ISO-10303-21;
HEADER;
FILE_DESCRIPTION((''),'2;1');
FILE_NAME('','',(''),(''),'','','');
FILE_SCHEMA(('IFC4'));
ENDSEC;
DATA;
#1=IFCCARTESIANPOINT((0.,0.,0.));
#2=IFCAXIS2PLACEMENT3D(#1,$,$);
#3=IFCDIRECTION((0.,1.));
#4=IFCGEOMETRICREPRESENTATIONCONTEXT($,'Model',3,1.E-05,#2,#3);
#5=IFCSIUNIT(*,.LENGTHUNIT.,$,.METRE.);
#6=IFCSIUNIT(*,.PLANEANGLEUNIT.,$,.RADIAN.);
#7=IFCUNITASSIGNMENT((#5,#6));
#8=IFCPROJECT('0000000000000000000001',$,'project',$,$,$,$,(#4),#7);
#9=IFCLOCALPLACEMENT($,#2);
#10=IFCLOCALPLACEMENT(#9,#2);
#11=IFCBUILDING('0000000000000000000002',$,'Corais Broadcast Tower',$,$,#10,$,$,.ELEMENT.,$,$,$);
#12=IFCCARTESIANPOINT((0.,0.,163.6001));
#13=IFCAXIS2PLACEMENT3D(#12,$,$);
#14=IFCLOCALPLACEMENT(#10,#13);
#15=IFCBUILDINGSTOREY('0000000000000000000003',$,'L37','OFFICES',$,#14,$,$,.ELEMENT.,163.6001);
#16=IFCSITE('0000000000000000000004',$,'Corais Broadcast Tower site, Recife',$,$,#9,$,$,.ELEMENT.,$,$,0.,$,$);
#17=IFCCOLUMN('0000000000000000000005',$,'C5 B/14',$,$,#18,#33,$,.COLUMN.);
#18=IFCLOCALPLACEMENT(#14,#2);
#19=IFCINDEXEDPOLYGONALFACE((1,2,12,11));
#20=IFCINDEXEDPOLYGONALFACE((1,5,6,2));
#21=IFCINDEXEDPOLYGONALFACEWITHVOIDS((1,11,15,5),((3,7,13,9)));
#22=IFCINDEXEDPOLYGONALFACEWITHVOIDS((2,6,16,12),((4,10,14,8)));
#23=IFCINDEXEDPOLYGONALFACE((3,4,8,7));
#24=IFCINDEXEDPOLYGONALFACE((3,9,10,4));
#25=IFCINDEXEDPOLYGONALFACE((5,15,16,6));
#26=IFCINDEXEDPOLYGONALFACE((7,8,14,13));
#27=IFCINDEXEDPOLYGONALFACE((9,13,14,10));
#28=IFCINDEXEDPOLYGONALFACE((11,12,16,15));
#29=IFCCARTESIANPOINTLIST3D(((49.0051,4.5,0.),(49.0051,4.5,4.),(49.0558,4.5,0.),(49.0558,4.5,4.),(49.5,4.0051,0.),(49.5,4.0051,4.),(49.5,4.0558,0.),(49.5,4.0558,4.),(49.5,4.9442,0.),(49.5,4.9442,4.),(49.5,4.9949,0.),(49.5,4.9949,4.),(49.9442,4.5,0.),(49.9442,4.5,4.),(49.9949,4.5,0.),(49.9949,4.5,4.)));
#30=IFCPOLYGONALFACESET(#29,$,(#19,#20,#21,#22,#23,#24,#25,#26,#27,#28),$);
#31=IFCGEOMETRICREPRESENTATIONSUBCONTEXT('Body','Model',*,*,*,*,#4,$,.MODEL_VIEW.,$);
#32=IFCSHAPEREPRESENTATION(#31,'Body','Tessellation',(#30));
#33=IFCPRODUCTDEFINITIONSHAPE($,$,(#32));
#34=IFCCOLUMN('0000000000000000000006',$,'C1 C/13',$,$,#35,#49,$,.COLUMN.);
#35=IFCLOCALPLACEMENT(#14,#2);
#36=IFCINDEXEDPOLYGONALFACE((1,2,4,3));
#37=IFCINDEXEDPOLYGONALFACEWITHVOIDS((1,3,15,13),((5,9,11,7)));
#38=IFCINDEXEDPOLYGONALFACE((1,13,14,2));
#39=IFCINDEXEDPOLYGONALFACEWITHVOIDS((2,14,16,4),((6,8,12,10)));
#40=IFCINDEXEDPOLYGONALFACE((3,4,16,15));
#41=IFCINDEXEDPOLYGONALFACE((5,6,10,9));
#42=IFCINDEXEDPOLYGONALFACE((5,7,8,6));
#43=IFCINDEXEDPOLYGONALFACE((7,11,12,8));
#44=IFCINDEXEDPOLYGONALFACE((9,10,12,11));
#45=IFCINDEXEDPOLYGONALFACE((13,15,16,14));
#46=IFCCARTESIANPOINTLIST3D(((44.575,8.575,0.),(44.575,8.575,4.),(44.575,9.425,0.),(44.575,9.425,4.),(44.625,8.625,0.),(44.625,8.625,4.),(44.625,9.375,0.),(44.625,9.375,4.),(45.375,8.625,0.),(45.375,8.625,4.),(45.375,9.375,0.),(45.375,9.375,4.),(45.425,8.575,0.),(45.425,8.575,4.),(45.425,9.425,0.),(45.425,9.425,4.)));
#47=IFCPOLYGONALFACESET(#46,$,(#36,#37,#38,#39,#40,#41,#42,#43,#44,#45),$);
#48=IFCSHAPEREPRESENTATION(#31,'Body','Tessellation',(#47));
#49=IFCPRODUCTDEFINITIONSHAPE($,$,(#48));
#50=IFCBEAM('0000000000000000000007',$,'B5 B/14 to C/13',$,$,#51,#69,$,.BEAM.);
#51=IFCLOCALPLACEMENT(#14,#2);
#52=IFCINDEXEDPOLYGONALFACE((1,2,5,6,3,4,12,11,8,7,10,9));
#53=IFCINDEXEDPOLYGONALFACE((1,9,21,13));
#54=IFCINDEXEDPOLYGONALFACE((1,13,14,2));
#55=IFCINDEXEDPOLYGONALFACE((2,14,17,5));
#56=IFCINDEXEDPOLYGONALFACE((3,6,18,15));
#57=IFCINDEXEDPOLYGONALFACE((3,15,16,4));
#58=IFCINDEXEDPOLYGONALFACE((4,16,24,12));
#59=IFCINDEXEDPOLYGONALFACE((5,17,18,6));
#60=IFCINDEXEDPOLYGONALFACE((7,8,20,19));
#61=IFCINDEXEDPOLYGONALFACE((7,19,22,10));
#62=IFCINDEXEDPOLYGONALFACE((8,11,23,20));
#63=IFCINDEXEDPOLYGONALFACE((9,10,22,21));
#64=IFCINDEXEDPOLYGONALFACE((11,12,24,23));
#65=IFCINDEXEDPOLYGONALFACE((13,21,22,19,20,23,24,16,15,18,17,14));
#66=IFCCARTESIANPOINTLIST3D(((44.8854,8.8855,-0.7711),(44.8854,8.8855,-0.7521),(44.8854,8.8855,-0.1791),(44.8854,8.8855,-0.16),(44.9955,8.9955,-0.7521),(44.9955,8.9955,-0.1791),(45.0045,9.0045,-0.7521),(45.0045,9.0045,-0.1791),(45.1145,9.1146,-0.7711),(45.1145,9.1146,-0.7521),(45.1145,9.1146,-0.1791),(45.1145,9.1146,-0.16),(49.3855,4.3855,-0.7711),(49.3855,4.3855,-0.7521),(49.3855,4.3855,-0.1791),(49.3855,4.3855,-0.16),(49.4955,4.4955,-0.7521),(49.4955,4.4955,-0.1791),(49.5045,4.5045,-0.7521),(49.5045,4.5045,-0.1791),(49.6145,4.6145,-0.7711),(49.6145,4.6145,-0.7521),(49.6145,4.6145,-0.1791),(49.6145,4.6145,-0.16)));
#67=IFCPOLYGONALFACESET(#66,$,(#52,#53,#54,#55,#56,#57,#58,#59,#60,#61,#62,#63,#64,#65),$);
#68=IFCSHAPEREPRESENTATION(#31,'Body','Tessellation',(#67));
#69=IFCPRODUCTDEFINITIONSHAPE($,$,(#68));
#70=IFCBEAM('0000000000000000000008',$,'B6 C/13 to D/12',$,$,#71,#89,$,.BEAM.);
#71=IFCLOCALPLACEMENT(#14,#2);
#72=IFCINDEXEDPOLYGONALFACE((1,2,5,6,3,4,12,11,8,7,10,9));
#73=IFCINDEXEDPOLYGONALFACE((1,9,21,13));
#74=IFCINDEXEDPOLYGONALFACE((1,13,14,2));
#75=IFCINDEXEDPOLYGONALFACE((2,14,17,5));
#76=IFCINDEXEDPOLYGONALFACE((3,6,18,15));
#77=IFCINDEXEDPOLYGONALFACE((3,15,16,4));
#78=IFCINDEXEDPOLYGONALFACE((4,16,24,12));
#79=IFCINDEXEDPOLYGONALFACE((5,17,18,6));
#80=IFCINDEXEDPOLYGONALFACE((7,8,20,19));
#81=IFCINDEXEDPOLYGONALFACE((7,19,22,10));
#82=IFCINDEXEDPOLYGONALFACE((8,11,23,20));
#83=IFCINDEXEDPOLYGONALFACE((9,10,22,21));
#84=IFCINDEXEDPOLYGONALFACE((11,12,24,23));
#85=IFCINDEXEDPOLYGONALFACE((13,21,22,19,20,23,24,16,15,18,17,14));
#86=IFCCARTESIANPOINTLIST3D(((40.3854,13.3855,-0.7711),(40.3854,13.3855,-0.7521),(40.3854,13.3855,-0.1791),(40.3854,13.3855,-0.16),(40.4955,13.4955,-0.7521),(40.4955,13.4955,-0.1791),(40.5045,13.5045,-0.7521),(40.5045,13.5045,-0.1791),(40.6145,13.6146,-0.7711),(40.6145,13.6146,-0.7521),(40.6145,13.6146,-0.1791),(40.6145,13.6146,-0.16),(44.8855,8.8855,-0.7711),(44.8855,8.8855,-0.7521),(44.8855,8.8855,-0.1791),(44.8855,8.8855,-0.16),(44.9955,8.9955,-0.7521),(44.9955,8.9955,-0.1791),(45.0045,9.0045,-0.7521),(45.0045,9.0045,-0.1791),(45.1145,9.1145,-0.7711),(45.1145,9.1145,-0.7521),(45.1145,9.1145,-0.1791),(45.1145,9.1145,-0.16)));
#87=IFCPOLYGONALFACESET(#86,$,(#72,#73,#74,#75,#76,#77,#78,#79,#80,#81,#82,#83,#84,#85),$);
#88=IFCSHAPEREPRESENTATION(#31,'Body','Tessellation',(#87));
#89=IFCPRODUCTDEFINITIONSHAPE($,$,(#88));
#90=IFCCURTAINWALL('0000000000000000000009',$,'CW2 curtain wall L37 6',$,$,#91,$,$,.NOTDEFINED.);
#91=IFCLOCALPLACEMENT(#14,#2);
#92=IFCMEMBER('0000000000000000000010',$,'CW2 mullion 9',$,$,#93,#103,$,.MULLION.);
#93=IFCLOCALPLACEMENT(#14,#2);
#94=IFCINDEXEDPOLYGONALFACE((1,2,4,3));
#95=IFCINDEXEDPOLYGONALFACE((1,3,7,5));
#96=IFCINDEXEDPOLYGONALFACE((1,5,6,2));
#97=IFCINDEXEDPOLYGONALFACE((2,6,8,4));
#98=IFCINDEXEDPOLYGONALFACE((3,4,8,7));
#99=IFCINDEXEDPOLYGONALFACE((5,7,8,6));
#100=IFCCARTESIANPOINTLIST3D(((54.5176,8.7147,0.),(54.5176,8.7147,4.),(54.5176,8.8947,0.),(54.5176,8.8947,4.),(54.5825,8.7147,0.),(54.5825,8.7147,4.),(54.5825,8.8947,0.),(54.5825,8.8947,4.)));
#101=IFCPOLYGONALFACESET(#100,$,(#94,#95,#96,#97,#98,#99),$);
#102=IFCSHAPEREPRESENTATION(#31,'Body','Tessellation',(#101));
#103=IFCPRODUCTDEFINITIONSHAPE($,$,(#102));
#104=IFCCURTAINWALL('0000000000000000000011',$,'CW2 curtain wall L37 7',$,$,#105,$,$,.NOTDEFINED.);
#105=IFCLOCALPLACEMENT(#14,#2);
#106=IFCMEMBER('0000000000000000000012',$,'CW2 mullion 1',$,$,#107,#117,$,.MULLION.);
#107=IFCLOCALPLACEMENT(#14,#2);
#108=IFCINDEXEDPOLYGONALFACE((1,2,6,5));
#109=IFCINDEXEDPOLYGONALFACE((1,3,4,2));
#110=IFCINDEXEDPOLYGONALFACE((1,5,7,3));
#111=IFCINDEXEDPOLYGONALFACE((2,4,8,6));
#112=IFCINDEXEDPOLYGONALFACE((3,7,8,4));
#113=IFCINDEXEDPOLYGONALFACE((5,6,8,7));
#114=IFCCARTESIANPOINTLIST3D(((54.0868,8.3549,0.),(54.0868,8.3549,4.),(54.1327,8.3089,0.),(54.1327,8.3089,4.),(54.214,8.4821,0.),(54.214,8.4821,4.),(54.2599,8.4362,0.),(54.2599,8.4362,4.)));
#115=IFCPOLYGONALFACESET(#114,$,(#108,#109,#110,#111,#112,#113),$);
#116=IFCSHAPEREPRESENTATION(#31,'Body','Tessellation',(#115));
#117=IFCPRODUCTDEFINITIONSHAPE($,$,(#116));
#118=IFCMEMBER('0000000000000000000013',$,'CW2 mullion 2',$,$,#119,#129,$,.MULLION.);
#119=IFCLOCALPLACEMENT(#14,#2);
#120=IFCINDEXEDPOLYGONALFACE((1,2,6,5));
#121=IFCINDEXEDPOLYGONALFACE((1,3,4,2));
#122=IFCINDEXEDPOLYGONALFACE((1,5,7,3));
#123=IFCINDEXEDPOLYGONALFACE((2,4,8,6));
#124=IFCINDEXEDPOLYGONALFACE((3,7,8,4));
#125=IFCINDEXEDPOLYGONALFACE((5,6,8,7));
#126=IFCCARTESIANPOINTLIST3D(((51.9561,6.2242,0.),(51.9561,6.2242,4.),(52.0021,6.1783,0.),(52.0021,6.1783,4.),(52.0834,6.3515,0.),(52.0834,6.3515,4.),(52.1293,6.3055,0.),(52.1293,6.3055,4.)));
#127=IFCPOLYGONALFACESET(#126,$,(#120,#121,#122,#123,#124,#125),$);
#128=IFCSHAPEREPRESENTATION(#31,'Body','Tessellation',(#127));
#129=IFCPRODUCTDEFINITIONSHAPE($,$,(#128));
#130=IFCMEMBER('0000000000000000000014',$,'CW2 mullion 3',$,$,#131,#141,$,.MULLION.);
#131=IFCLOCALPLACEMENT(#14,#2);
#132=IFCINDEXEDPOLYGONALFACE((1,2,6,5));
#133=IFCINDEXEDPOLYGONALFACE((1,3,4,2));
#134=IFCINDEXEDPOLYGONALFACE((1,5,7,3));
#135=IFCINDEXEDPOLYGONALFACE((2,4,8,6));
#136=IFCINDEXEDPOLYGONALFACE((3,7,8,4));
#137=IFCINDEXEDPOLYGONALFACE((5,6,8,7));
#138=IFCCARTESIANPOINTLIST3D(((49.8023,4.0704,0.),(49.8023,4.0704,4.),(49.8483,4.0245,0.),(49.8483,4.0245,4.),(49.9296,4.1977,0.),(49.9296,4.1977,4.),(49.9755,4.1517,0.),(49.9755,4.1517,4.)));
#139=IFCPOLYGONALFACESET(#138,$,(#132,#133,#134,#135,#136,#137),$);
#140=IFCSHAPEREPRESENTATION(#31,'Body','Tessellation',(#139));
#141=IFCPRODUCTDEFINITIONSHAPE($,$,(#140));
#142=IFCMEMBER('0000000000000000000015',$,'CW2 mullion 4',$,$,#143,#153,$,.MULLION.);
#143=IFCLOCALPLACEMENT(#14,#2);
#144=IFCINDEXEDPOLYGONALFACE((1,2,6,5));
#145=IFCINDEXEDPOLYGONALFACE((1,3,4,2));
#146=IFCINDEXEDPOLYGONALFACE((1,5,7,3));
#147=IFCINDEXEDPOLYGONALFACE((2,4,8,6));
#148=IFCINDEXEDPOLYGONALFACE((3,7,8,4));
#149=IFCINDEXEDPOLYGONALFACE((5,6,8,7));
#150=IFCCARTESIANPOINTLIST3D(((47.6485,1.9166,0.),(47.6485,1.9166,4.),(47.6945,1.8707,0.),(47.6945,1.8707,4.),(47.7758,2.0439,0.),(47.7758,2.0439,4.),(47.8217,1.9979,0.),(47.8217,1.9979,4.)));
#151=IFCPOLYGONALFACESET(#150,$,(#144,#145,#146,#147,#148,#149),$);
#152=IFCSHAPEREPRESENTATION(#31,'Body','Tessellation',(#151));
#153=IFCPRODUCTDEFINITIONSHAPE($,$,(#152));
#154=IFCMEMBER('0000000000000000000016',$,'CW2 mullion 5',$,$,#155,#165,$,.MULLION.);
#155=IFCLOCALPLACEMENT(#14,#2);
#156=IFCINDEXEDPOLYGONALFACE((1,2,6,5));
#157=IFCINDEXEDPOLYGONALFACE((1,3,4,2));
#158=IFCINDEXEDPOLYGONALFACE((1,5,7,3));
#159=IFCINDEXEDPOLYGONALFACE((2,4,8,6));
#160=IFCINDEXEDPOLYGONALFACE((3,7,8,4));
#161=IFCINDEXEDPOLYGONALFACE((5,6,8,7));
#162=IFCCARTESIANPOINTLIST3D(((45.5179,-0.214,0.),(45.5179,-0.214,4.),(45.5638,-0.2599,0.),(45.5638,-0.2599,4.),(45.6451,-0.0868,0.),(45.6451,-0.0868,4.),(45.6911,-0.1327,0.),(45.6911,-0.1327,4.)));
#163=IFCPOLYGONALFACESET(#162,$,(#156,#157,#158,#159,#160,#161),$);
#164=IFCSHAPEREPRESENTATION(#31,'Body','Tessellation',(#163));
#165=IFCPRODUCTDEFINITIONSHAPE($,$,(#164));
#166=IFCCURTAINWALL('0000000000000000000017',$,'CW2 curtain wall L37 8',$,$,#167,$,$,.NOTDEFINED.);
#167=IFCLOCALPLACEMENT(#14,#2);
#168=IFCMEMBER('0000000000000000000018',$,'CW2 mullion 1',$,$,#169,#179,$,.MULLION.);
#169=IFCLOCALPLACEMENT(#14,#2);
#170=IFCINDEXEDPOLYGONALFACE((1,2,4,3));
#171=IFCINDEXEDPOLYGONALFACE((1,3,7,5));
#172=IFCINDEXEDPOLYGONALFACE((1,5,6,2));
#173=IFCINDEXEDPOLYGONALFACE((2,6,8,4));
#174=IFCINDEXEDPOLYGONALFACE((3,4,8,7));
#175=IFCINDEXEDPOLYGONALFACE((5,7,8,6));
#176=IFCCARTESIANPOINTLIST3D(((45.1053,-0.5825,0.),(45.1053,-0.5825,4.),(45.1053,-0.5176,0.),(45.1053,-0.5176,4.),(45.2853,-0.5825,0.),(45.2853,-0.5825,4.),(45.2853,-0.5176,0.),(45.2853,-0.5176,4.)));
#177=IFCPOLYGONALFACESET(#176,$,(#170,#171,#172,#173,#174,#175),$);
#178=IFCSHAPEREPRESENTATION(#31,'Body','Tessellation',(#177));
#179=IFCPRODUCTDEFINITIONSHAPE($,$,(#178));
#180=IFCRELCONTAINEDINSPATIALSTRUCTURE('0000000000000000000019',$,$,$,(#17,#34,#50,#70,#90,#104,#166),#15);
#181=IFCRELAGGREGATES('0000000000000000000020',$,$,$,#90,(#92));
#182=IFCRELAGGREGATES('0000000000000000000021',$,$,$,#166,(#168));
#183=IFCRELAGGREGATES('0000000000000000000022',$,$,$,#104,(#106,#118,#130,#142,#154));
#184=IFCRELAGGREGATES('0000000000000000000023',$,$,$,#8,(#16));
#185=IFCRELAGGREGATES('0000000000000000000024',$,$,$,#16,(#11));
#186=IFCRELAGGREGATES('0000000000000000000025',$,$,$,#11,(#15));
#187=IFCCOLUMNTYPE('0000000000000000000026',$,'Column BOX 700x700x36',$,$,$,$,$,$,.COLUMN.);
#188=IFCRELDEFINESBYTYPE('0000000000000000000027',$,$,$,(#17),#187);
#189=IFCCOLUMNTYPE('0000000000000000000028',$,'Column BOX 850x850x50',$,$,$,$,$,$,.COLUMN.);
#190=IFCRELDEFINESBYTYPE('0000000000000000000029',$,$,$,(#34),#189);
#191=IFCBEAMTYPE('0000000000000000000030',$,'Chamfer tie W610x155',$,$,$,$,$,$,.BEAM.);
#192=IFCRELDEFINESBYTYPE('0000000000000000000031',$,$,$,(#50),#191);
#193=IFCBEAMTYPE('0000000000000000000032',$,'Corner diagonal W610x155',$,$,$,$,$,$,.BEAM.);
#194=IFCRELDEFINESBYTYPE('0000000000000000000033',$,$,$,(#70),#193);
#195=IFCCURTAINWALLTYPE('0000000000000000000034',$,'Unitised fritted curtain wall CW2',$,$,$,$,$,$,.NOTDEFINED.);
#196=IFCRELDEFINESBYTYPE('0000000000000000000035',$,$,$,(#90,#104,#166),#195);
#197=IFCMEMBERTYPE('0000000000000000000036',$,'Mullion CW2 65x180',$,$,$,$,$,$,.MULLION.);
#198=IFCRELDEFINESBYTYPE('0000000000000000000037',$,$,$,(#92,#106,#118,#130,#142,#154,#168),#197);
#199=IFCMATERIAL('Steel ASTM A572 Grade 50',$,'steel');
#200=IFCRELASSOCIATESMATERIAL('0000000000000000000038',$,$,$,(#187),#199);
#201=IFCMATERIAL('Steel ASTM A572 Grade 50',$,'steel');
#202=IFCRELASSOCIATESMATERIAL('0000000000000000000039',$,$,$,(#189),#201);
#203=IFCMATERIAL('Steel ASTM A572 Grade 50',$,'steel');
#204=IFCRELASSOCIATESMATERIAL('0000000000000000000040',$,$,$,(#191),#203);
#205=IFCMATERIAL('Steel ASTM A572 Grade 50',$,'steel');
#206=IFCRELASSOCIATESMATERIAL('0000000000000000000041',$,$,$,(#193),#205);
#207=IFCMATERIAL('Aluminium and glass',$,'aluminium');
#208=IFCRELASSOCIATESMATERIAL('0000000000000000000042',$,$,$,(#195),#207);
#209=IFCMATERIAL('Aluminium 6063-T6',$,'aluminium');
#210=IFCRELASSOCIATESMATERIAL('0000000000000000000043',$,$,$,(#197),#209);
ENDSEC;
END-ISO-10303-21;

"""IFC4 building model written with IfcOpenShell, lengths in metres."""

from ifc_helpers import new_model, si_unit, direction, frame, origin, origin_2d, place, context, subcontext, project, spatial, rectangle, hollow_rectangle, i_section, extrude, material, material_profile, profile_set, type_object, element, aggregate, save


model = new_model("IFC4")

# Units and contexts
model_context = context("Model", 3, precision=1e-05, world=origin(), true_north=direction((0.0, 1.0)))
body_context = subcontext(model_context, "Body", "Model", "MODEL_VIEW")
ifc_project = project(units=[si_unit("LENGTHUNIT", "METRE"), si_unit("PLANEANGLEUNIT", "RADIAN")], contexts=[model_context])

# Site, building, storey
site_placement = place(None, origin())
site = spatial("IfcSite", under=ifc_project, at=site_placement, Name="Corais Broadcast Tower site, Recife", CompositionType="ELEMENT", RefElevation=0.0)
building_placement = place(site_placement, origin())
building = spatial("IfcBuilding", under=site, at=building_placement, Name="Corais Broadcast Tower", CompositionType="ELEMENT")
storey_placement = place(building_placement, frame((0.0, 0.0, 163.6001)))
storey = spatial("IfcBuildingStorey", under=building, at=storey_placement, Name="L37", Description="OFFICES", CompositionType="ELEMENT", Elevation=163.6001)

# Columns
ifc_material_1 = material(Name="Steel ASTM A572 Grade 50", Category="steel")
ifc_material_profile_1 = material_profile(ifc_material_1, hollow_rectangle(XDim=0.7, YDim=0.7, WallThickness=0.0359, at=origin_2d()), Name="BOX 700x700x36")
ifc_profile_set_1 = profile_set([ifc_material_profile_1], Name="Steel ASTM A572 Grade 50")
column_type_1 = type_object("IfcColumnType", Name="Column BOX 700x700x36", PredefinedType="COLUMN", material=ifc_profile_set_1)
column_1_placement = place(storey_placement, frame((49.5, 4.5, 0.0), z_axis=(0.0, 0.0, 1.0), x_axis=(0.707107, 0.707107, 0.0)))
element("IfcColumn", 1, at=column_1_placement, inside=storey, type_object=column_type_1, Name="C5 B/14", PredefinedType="COLUMN", context=body_context, shape_type="SweptSolid", body=[
    extrude(hollow_rectangle(XDim=0.7, YDim=0.7, WallThickness=0.0359, at=origin_2d()), origin(), (0.0, 0.0, 1.0), 4.0),
])
ifc_material_2 = material(Name="Steel ASTM A572 Grade 50", Category="steel")
ifc_material_profile_2 = material_profile(ifc_material_2, hollow_rectangle(XDim=0.8501, YDim=0.8501, WallThickness=0.05, at=origin_2d()), Name="BOX 850x850x50")
ifc_profile_set_2 = profile_set([ifc_material_profile_2], Name="Steel ASTM A572 Grade 50")
column_type_2 = type_object("IfcColumnType", Name="Column BOX 850x850x50", PredefinedType="COLUMN", material=ifc_profile_set_2)
column_2_placement = place(storey_placement, frame((45.0, 9.0, 0.0), z_axis=(0.0, 0.0, 1.0), x_axis=(1.0, 0.0, 0.0)))
element("IfcColumn", 2, at=column_2_placement, inside=storey, type_object=column_type_2, Name="C1 C/13", PredefinedType="COLUMN", context=body_context, shape_type="SweptSolid", body=[
    extrude(hollow_rectangle(XDim=0.8501, YDim=0.8501, WallThickness=0.05, at=origin_2d()), origin(), (0.0, 0.0, 1.0), 4.0),
])

# Beams
ifc_material_3 = material(Name="Steel ASTM A572 Grade 50", Category="steel")
ifc_material_profile_3 = material_profile(ifc_material_3, i_section(OverallWidth=0.324, OverallDepth=0.6111, WebThickness=0.0127, FlangeThickness=0.019, at=origin_2d()), Name="W610x155")
ifc_profile_set_3 = profile_set([ifc_material_profile_3], Name="Steel ASTM A572 Grade 50")
beam_type_1 = type_object("IfcBeamType", Name="Chamfer tie W610x155", PredefinedType="BEAM", material=ifc_profile_set_3)
beam_1_placement = place(storey_placement, frame((49.5, 4.5, -0.4656), z_axis=(-0.707107, 0.707107, 0.0), x_axis=(-0.707107, -0.707107, 0.0)))
element("IfcBeam", 3, at=beam_1_placement, inside=storey, type_object=beam_type_1, Name="B5 B/14 to C/13", PredefinedType="BEAM", context=body_context, shape_type="SweptSolid", body=[
    extrude(i_section(OverallWidth=0.324, OverallDepth=0.6111, WebThickness=0.0127, FlangeThickness=0.019, at=origin_2d()), origin(), (0.0, 0.0, 1.0), 6.364),
])
ifc_material_4 = material(Name="Steel ASTM A572 Grade 50", Category="steel")
ifc_material_profile_4 = material_profile(ifc_material_4, i_section(OverallWidth=0.324, OverallDepth=0.6111, WebThickness=0.0127, FlangeThickness=0.019, at=origin_2d()), Name="W610x155")
ifc_profile_set_4 = profile_set([ifc_material_profile_4], Name="Steel ASTM A572 Grade 50")
beam_type_2 = type_object("IfcBeamType", Name="Corner diagonal W610x155", PredefinedType="BEAM", material=ifc_profile_set_4)
beam_2_placement = place(storey_placement, frame((45.0, 9.0, -0.4656), z_axis=(-0.707107, 0.707107, 0.0), x_axis=(-0.707107, -0.707107, 0.0)))
element("IfcBeam", 4, at=beam_2_placement, inside=storey, type_object=beam_type_2, Name="B6 C/13 to D/12", PredefinedType="BEAM", context=body_context, shape_type="SweptSolid", body=[
    extrude(i_section(OverallWidth=0.324, OverallDepth=0.6111, WebThickness=0.0127, FlangeThickness=0.019, at=origin_2d()), origin(), (0.0, 0.0, 1.0), 6.364),
])

# Curtain wall, member
ifc_material_5 = material(Name="Aluminium and glass", Category="aluminium")
curtain_wall_type = type_object("IfcCurtainWallType", Name="Unitised fritted curtain wall CW2", PredefinedType="NOTDEFINED", material=ifc_material_5)
curtain_wall_1_placement = place(storey_placement, origin())
curtain_wall_1 = element("IfcCurtainWall", 5, at=curtain_wall_1_placement, inside=storey, type_object=curtain_wall_type, Name="CW2 curtain wall L37 6", PredefinedType="NOTDEFINED")
ifc_material_6 = material(Name="Aluminium 6063-T6", Category="aluminium")
ifc_material_profile_5 = material_profile(ifc_material_6, rectangle(XDim=0.0649, YDim=0.1799, at=origin_2d()), Name="Mullion CW2 65x180")
ifc_profile_set_5 = profile_set([ifc_material_profile_5], Name="Aluminium 6063-T6")
member_type_1 = type_object("IfcMemberType", Name="Mullion CW2 65x180", PredefinedType="MULLION", material=ifc_profile_set_5)
member_1_placement = place(storey_placement, frame((54.55, 8.8047, 0.0), z_axis=(0.0, 0.0, 1.0), x_axis=(1.0, 0.0, 0.0)))
member_1 = element("IfcMember", 6, at=member_1_placement, type_object=member_type_1, Name="CW2 mullion 9", PredefinedType="MULLION", context=body_context, shape_type="SweptSolid", body=[
    extrude(rectangle(XDim=0.0649, YDim=0.1799, at=origin_2d()), origin(), (0.0, 0.0, 1.0), 4.0),
])
aggregate(curtain_wall_1, [member_1])

# Curtain wall, members
curtain_wall_2_placement = place(storey_placement, origin())
curtain_wall_2 = element("IfcCurtainWall", 7, at=curtain_wall_2_placement, inside=storey, type_object=curtain_wall_type, Name="CW2 curtain wall L37 7", PredefinedType="NOTDEFINED")
member_2_placement = place(storey_placement, frame((54.1733, 8.3955, 0.0), z_axis=(0.0, 0.0, 1.0), x_axis=(0.707107, -0.707107, 0.0)))
member_2 = element("IfcMember", 8, at=member_2_placement, type_object=member_type_1, Name="CW2 mullion 1", PredefinedType="MULLION", context=body_context, shape_type="SweptSolid", body=[
    extrude(rectangle(XDim=0.0649, YDim=0.1799, at=origin_2d()), origin(), (0.0, 0.0, 1.0), 4.0),
])
member_3_placement = place(storey_placement, frame((52.0427, 6.2649, 0.0), z_axis=(0.0, 0.0, 1.0), x_axis=(0.707107, -0.707107, 0.0)))
member_3 = element("IfcMember", 9, at=member_3_placement, type_object=member_type_1, Name="CW2 mullion 2", PredefinedType="MULLION", context=body_context, shape_type="SweptSolid", body=[
    extrude(rectangle(XDim=0.0649, YDim=0.1799, at=origin_2d()), origin(), (0.0, 0.0, 1.0), 4.0),
])
member_4_placement = place(storey_placement, frame((49.8889, 4.1111, 0.0), z_axis=(0.0, 0.0, 1.0), x_axis=(0.707107, -0.707107, 0.0)))
member_4 = element("IfcMember", 10, at=member_4_placement, type_object=member_type_1, Name="CW2 mullion 3", PredefinedType="MULLION", context=body_context, shape_type="SweptSolid", body=[
    extrude(rectangle(XDim=0.0649, YDim=0.1799, at=origin_2d()), origin(), (0.0, 0.0, 1.0), 4.0),
])
member_5_placement = place(storey_placement, frame((47.7351, 1.9573, 0.0), z_axis=(0.0, 0.0, 1.0), x_axis=(0.707107, -0.707107, 0.0)))
member_5 = element("IfcMember", 11, at=member_5_placement, type_object=member_type_1, Name="CW2 mullion 4", PredefinedType="MULLION", context=body_context, shape_type="SweptSolid", body=[
    extrude(rectangle(XDim=0.0649, YDim=0.1799, at=origin_2d()), origin(), (0.0, 0.0, 1.0), 4.0),
])
member_6_placement = place(storey_placement, frame((45.6045, -0.1733, 0.0), z_axis=(0.0, 0.0, 1.0), x_axis=(0.707107, -0.707107, 0.0)))
member_6 = element("IfcMember", 12, at=member_6_placement, type_object=member_type_1, Name="CW2 mullion 5", PredefinedType="MULLION", context=body_context, shape_type="SweptSolid", body=[
    extrude(rectangle(XDim=0.0649, YDim=0.1799, at=origin_2d()), origin(), (0.0, 0.0, 1.0), 4.0),
])

# Curtain wall, member
curtain_wall_3_placement = place(storey_placement, origin())
curtain_wall_3 = element("IfcCurtainWall", 13, at=curtain_wall_3_placement, inside=storey, type_object=curtain_wall_type, Name="CW2 curtain wall L37 8", PredefinedType="NOTDEFINED")
member_7_placement = place(storey_placement, frame((45.1953, -0.55, 0.0), z_axis=(0.0, 0.0, 1.0), x_axis=(0.0, -1.0, 0.0)))
member_7 = element("IfcMember", 14, at=member_7_placement, type_object=member_type_1, Name="CW2 mullion 1", PredefinedType="MULLION", context=body_context, shape_type="SweptSolid", body=[
    extrude(rectangle(XDim=0.0649, YDim=0.1799, at=origin_2d()), origin(), (0.0, 0.0, 1.0), 4.0),
])

aggregate(curtain_wall_3, [member_7])

aggregate(curtain_wall_2, [member_2, member_3, member_4, member_5, member_6])

save(model, "model.ifc")
